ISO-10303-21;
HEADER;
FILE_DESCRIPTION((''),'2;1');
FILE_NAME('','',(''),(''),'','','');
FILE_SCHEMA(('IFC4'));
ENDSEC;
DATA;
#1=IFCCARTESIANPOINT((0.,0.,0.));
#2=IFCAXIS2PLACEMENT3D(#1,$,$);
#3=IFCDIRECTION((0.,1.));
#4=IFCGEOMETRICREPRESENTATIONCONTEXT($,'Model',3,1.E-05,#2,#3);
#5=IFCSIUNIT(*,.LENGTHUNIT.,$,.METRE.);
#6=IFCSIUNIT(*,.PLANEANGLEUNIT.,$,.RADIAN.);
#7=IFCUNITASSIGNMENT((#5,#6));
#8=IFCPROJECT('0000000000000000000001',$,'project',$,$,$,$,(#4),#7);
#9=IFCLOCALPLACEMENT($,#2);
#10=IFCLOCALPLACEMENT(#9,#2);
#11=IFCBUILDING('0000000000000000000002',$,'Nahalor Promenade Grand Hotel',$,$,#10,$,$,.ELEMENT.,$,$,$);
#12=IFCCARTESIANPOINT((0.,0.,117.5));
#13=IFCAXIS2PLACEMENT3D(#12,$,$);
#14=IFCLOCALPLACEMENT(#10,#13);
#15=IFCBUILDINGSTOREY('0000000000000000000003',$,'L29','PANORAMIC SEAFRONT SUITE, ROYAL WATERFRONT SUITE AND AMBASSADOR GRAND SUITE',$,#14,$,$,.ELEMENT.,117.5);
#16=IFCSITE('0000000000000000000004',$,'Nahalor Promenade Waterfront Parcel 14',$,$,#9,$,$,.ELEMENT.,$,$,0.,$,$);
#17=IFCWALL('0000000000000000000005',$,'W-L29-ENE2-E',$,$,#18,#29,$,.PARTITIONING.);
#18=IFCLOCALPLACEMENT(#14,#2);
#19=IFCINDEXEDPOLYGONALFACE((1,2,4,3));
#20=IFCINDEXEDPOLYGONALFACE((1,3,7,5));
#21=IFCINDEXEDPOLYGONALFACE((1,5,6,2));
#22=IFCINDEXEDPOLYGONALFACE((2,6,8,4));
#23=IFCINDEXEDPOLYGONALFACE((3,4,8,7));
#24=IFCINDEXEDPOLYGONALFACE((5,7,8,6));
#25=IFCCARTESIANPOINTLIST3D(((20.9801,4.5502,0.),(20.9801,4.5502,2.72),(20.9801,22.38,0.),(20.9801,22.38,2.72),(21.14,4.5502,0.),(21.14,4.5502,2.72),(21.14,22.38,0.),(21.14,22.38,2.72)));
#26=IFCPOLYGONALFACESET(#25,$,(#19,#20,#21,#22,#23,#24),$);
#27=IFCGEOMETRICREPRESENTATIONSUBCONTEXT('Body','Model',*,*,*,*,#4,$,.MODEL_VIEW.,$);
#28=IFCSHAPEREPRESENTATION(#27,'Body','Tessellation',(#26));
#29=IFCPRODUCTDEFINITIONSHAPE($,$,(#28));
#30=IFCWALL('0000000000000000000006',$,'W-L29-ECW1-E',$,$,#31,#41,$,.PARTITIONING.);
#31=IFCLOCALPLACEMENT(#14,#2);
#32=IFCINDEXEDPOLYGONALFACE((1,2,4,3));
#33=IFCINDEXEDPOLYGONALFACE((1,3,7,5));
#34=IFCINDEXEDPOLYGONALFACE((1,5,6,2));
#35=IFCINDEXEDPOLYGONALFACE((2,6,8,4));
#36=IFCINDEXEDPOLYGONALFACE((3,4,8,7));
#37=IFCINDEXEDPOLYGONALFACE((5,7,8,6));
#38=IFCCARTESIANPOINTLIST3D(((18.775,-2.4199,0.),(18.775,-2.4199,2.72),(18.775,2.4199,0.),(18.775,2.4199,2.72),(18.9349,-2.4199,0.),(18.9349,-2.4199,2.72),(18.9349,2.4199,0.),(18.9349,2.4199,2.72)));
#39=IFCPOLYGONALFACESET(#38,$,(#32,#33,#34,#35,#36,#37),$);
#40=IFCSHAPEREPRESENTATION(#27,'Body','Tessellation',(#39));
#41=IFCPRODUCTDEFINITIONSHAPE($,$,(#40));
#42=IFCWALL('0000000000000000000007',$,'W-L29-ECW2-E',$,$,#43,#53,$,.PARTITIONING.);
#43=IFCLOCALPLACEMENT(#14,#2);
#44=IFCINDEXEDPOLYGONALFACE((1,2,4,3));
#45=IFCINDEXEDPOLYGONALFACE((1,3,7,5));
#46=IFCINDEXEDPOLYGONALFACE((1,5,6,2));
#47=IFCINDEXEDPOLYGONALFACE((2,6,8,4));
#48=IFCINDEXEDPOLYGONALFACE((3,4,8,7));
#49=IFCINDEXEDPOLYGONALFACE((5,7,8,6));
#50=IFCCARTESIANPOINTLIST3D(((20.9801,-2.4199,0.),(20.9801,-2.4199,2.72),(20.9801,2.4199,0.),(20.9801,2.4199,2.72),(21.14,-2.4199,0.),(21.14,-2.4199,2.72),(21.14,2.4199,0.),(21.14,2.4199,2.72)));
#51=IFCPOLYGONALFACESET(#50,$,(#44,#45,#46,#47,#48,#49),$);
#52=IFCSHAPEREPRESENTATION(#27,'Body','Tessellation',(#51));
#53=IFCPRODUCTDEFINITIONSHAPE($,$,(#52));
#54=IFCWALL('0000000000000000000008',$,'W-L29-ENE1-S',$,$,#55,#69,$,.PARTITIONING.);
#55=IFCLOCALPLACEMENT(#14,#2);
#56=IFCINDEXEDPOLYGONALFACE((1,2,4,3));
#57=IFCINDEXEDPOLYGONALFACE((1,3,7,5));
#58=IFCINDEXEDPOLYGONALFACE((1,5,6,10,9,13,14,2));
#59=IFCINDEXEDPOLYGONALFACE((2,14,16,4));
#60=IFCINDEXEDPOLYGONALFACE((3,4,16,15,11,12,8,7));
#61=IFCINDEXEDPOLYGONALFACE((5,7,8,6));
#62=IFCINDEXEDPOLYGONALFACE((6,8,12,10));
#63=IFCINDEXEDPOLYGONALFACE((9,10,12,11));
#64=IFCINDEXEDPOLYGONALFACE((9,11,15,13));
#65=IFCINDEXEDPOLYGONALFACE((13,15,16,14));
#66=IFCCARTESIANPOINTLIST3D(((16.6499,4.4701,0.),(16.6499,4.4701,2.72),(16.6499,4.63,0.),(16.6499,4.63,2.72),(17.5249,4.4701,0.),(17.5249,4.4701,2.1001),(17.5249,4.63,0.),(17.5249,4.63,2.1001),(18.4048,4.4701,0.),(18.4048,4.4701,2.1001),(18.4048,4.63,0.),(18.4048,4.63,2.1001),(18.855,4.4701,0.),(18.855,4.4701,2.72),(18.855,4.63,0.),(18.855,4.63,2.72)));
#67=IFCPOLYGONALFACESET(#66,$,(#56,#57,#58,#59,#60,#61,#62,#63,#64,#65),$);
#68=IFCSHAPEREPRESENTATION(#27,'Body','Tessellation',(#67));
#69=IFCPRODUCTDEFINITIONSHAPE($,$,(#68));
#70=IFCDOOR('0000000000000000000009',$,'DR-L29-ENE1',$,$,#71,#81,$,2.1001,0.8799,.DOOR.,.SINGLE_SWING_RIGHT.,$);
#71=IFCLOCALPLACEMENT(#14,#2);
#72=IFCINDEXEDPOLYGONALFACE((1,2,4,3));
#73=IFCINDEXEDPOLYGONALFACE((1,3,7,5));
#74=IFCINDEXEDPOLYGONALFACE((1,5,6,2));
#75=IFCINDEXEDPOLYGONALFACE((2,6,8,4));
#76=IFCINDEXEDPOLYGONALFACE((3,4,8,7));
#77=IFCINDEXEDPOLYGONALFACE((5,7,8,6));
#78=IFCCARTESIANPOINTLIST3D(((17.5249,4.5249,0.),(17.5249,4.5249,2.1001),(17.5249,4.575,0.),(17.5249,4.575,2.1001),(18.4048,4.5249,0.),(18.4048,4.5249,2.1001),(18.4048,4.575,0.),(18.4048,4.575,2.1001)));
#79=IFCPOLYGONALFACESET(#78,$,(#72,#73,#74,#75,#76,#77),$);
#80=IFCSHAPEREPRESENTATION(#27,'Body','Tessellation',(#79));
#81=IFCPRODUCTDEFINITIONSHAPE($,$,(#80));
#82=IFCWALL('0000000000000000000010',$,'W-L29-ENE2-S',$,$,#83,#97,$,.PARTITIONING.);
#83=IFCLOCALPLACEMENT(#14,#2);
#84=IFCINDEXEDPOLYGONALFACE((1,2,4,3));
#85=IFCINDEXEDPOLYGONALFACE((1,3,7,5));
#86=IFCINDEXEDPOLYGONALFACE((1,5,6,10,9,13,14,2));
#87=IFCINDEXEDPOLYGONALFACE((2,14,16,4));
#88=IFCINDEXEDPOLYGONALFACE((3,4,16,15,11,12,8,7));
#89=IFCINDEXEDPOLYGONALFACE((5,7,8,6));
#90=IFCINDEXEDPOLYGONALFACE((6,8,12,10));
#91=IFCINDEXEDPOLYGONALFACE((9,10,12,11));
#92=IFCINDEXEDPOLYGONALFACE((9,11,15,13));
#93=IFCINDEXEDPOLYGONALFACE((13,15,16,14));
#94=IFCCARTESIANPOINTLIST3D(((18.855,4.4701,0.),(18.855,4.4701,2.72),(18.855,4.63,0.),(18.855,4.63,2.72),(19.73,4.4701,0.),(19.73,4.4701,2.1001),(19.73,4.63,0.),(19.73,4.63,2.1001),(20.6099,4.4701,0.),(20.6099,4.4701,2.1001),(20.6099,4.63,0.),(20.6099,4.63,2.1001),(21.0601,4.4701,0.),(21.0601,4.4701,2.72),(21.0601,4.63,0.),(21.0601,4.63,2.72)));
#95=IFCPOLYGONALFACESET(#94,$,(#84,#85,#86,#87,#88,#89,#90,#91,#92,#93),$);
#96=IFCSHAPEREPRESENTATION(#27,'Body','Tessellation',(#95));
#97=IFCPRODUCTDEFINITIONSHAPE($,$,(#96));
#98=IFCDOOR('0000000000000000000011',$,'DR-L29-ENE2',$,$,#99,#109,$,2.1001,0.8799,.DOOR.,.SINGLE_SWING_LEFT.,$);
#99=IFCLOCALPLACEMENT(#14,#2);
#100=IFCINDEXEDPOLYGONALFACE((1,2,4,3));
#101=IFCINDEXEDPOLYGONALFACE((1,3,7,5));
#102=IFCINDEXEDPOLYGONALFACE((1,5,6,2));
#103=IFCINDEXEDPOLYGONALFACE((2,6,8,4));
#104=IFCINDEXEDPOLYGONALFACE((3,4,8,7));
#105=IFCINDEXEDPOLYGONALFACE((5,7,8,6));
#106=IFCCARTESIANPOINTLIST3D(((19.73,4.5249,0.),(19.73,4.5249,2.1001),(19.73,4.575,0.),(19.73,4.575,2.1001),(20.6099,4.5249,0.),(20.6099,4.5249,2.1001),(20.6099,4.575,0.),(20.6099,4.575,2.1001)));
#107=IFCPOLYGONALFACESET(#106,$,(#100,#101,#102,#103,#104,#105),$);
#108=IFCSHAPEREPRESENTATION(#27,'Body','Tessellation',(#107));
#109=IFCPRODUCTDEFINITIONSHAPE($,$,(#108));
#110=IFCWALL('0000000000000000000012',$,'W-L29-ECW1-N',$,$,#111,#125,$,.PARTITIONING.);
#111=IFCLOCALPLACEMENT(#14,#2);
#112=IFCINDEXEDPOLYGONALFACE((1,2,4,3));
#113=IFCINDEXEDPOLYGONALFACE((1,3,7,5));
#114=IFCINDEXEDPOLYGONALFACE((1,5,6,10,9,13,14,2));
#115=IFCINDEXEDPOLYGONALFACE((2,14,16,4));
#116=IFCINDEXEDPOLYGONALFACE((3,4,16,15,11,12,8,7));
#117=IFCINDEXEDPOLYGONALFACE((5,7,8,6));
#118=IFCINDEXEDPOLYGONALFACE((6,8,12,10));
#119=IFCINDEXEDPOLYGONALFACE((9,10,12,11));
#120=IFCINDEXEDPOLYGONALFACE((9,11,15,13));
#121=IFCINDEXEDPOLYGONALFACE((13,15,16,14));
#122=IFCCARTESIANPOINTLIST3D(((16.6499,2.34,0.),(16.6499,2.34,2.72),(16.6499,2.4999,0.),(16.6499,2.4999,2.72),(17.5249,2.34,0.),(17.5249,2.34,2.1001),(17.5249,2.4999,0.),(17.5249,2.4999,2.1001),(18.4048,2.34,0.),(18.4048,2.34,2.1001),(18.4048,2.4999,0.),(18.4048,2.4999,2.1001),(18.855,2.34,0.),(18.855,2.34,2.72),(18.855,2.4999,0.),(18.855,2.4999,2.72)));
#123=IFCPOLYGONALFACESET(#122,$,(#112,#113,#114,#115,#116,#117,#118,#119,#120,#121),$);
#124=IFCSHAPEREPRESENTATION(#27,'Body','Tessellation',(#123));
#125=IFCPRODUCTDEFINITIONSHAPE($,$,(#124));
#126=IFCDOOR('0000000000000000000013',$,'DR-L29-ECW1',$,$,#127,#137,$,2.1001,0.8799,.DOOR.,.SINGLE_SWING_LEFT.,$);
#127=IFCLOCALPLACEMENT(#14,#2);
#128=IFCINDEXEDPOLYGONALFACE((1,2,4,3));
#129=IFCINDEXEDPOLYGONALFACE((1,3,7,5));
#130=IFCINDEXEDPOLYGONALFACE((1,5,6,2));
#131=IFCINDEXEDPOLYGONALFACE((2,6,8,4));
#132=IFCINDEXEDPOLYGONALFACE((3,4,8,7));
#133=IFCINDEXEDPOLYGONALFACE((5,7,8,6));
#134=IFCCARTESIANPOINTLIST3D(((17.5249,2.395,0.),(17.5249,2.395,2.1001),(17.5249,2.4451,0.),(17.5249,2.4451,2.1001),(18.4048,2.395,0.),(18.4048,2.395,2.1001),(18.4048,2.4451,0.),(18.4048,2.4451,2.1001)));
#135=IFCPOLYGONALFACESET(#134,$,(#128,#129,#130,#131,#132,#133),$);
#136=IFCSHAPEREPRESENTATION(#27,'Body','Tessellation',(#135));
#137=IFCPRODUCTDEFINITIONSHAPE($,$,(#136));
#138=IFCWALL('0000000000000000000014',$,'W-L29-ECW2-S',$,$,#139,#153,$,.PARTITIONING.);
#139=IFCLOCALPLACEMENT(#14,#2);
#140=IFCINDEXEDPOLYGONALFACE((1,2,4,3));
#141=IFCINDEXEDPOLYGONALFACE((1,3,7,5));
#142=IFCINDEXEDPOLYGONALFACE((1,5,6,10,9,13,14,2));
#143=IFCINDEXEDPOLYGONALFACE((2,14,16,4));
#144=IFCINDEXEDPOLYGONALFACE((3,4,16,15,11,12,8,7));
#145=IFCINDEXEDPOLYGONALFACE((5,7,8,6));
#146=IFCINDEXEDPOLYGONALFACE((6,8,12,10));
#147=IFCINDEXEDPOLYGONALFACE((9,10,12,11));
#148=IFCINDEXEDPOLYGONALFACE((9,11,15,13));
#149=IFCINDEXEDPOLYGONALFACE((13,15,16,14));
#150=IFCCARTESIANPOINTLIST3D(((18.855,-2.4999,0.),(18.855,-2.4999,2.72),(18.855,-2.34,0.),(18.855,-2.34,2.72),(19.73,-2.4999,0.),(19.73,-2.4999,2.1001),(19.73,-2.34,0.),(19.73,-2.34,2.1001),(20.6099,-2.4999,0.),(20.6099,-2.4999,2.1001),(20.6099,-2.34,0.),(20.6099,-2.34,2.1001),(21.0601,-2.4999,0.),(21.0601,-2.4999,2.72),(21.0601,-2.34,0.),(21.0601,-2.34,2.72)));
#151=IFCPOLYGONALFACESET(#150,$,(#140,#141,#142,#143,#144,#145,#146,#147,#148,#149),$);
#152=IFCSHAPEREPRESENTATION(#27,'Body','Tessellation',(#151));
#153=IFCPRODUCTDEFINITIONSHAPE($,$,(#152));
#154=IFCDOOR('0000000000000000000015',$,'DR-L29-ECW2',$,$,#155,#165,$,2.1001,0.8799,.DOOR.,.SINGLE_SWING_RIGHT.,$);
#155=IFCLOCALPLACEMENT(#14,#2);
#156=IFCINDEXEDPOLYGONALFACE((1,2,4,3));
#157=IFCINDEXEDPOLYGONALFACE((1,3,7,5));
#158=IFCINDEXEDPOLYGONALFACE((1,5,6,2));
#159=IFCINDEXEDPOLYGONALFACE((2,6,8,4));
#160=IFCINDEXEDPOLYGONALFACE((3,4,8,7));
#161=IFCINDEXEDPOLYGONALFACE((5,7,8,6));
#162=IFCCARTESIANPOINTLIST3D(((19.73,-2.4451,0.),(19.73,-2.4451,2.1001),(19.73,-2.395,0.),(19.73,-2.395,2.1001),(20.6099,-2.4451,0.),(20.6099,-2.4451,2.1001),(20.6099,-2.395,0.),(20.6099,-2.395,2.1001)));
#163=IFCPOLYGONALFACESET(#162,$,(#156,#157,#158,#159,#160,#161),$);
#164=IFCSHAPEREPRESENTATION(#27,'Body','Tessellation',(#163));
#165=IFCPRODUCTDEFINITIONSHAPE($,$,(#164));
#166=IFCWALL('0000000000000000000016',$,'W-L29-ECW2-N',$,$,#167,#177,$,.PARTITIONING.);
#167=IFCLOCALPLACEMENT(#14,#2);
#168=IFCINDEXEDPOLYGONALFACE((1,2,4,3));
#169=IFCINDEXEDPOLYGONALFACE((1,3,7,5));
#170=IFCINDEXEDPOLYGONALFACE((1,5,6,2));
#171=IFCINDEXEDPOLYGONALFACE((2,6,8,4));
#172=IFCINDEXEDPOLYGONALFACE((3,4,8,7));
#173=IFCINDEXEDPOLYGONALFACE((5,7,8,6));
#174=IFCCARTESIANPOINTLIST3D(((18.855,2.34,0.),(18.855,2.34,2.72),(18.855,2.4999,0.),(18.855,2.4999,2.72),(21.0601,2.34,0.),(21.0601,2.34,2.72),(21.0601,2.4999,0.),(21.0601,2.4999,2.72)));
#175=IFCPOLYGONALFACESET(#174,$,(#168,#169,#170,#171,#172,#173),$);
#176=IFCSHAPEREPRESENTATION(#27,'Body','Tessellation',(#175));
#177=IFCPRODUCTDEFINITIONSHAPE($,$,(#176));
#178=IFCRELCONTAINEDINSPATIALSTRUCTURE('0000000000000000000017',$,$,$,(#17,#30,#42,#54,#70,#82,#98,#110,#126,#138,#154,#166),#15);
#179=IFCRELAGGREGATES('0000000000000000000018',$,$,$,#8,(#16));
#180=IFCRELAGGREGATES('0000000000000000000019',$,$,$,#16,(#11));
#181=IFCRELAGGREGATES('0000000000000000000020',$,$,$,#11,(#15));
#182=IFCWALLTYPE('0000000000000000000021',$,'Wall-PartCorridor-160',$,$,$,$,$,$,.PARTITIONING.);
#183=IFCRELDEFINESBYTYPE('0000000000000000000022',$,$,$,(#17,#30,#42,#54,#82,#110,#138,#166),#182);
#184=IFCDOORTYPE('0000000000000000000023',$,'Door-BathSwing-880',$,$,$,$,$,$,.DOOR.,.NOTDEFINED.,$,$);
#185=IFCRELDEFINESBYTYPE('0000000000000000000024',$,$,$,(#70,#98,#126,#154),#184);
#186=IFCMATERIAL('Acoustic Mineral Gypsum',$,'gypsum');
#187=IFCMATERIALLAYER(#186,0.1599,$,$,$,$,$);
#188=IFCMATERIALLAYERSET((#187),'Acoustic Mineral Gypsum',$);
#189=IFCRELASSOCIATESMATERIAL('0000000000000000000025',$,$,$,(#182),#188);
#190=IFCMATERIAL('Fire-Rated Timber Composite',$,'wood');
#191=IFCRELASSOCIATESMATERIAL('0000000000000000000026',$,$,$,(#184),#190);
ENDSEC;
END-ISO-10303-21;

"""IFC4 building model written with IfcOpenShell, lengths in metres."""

from ifc_helpers import new_model, si_unit, direction, frame, frame_2d, origin, place, context, subcontext, project, spatial, rectangle, extrude, source, transform, mapped, material, layer, layer_set, type_object, element, fill, save


model = new_model("IFC4")

# Units and contexts
model_context = context("Model", 3, precision=1e-05, world=origin(), true_north=direction((0.0, 1.0)))
body_context = subcontext(model_context, "Body", "Model", "MODEL_VIEW")
ifc_project = project(units=[si_unit("LENGTHUNIT", "METRE"), si_unit("PLANEANGLEUNIT", "RADIAN")], contexts=[model_context])

# Site, building, storey
site_placement = place(None, origin())
site = spatial("IfcSite", under=ifc_project, at=site_placement, Name="Nahalor Promenade Waterfront Parcel 14", CompositionType="ELEMENT", RefElevation=0.0)
building_placement = place(site_placement, origin())
building = spatial("IfcBuilding", under=site, at=building_placement, Name="Nahalor Promenade Grand Hotel", CompositionType="ELEMENT")
storey_placement = place(building_placement, frame((0.0, 0.0, 117.5)))
storey = spatial("IfcBuildingStorey", under=building, at=storey_placement, Name="L29", Description="PANORAMIC SEAFRONT SUITE, ROYAL WATERFRONT SUITE AND AMBASSADOR GRAND SUITE", CompositionType="ELEMENT", Elevation=117.5)

# Walls
ifc_material_1 = material(Name="Acoustic Mineral Gypsum", Category="gypsum")
ifc_layer_1 = layer(ifc_material_1, 0.1599)
ifc_layer_set_1 = layer_set([ifc_layer_1], Name="Acoustic Mineral Gypsum")
wall_type_1 = type_object("IfcWallType", Name="Wall-PartCorridor-160", PredefinedType="PARTITIONING", material=ifc_layer_set_1)
shared_shape_1 = source(origin(), body_context, "Body", "SweptSolid", [
    extrude(rectangle(XDim=17.8298, YDim=0.1599, at=frame_2d((8.915, 0.0))), origin(), (0.0, 0.0, 1.0), 2.72),
])
wall_1_placement = place(storey_placement, frame((21.0601, 4.55, 0.0), z_axis=(0.0, 0.0, 1.0), x_axis=(0.0, 1.0, 0.0)))
element("IfcWall", 1, at=wall_1_placement, inside=storey, type_object=wall_type_1, Name="W-L29-ENE2-E", PredefinedType="PARTITIONING", context=body_context, shape_type="MappedRepresentation", body=[
    mapped(shared_shape_1, transform((0.0, 0.0, 0.0), scale=1.0)),
])
shared_shape_2 = source(origin(), body_context, "Body", "SweptSolid", [
    extrude(rectangle(XDim=4.8398, YDim=0.1599, at=frame_2d((2.4199, 0.0))), origin(), (0.0, 0.0, 1.0), 2.72),
])
for number, where, z_axis, x_axis, name in (
    (2, (18.855, -2.4199, 0.0), (0.0, 0.0, 1.0), (0.0, 1.0, 0.0), "W-L29-ECW1-E"),
    (3, (21.0601, -2.4199, 0.0), (0.0, 0.0, 1.0), (0.0, 1.0, 0.0), "W-L29-ECW2-E"),
):
    element("IfcWall", number, at=place(storey_placement, frame(where, z_axis=z_axis, x_axis=x_axis)), inside=storey, type_object=wall_type_1, Name=name, PredefinedType="PARTITIONING", context=body_context, shape_type="MappedRepresentation", body=[
        mapped(shared_shape_2, transform((0.0, 0.0, 0.0), scale=1.0)),
    ])

# Walls, openings, doors
shared_shape_3 = source(origin(), body_context, "Body", "SweptSolid", [
    extrude(rectangle(XDim=2.2051, YDim=0.1599, at=frame_2d((1.1025, 0.0))), origin(), (0.0, 0.0, 1.0), 2.72),
])
wall_2_placement = place(storey_placement, frame((16.6499, 4.55, 0.0), z_axis=(0.0, 0.0, 1.0), x_axis=(1.0, 0.0, 0.0)))
wall_2 = element("IfcWall", 4, at=wall_2_placement, inside=storey, type_object=wall_type_1, Name="W-L29-ENE1-S", PredefinedType="PARTITIONING", context=body_context, shape_type="MappedRepresentation", body=[
    mapped(shared_shape_3, transform((0.0, 0.0, 0.0), scale=1.0)),
])
opening_1_placement = place(wall_2_placement, frame((0.875, 0.0, 0.0)))
opening_1 = element("IfcOpeningElement", 5, at=opening_1_placement, cuts=wall_2, PredefinedType="OPENING", context=body_context, shape_type="SweptSolid", body=[
    extrude(rectangle(XDim=0.8799, YDim=2.1001, at=frame_2d((0.4399, 1.05))), frame((0.0, 0.0898, 0.0), z_axis=(0.0, -1.0, 0.0), x_axis=(1.0, 0.0, 0.0)), (0.0, 0.0, 1.0), 0.1799),
])
ifc_material_2 = material(Name="Fire-Rated Timber Composite", Category="wood")
door_type_1 = type_object("IfcDoorType", Name="Door-BathSwing-880", OperationType="NOTDEFINED", PredefinedType="DOOR", material=ifc_material_2)
shared_shape_4 = source(origin(), body_context, "Body", "SweptSolid", [
    extrude(rectangle(XDim=0.8799, YDim=2.1001, at=frame_2d((0.4399, 1.05))), frame((0.0, 0.0249, 0.0), z_axis=(0.0, -1.0, 0.0), x_axis=(1.0, 0.0, 0.0)), (0.0, 0.0, 1.0), 0.05),
])
door_1_placement = place(opening_1_placement, origin())
door_1 = element("IfcDoor", 6, at=door_1_placement, inside=storey, type_object=door_type_1, Name="DR-L29-ENE1", OperationType="SINGLE_SWING_RIGHT", OverallHeight=2.1001, OverallWidth=0.8799, PredefinedType="DOOR", context=body_context, shape_type="MappedRepresentation", body=[
    mapped(shared_shape_4, transform((0.0, 0.0, 0.0), scale=1.0)),
])
fill(opening_1, door_1)
wall_3_placement = place(storey_placement, frame((18.855, 4.55, 0.0), z_axis=(0.0, 0.0, 1.0), x_axis=(1.0, 0.0, 0.0)))
wall_3 = element("IfcWall", 7, at=wall_3_placement, inside=storey, type_object=wall_type_1, Name="W-L29-ENE2-S", PredefinedType="PARTITIONING", context=body_context, shape_type="MappedRepresentation", body=[
    mapped(shared_shape_3, transform((0.0, 0.0, 0.0), scale=1.0)),
])
opening_2_placement = place(wall_3_placement, frame((0.875, 0.0, 0.0)))
opening_2 = element("IfcOpeningElement", 8, at=opening_2_placement, cuts=wall_3, PredefinedType="OPENING", context=body_context, shape_type="SweptSolid", body=[
    extrude(rectangle(XDim=0.8799, YDim=2.1001, at=frame_2d((0.4399, 1.05))), frame((0.0, 0.0898, 0.0), z_axis=(0.0, -1.0, 0.0), x_axis=(1.0, 0.0, 0.0)), (0.0, 0.0, 1.0), 0.1799),
])
door_2_placement = place(opening_2_placement, origin())
door_2 = element("IfcDoor", 9, at=door_2_placement, inside=storey, type_object=door_type_1, Name="DR-L29-ENE2", OperationType="SINGLE_SWING_LEFT", OverallHeight=2.1001, OverallWidth=0.8799, PredefinedType="DOOR", context=body_context, shape_type="MappedRepresentation", body=[
    mapped(shared_shape_4, transform((0.0, 0.0, 0.0), scale=1.0)),
])
fill(opening_2, door_2)
wall_4_placement = place(storey_placement, frame((16.6499, 2.4199, 0.0), z_axis=(0.0, 0.0, 1.0), x_axis=(1.0, 0.0, 0.0)))
wall_4 = element("IfcWall", 10, at=wall_4_placement, inside=storey, type_object=wall_type_1, Name="W-L29-ECW1-N", PredefinedType="PARTITIONING", context=body_context, shape_type="MappedRepresentation", body=[
    mapped(shared_shape_3, transform((0.0, 0.0, 0.0), scale=1.0)),
])
opening_3_placement = place(wall_4_placement, frame((0.875, 0.0, 0.0)))
opening_3 = element("IfcOpeningElement", 11, at=opening_3_placement, cuts=wall_4, PredefinedType="OPENING", context=body_context, shape_type="SweptSolid", body=[
    extrude(rectangle(XDim=0.8799, YDim=2.1001, at=frame_2d((0.4399, 1.05))), frame((0.0, 0.0898, 0.0), z_axis=(0.0, -1.0, 0.0), x_axis=(1.0, 0.0, 0.0)), (0.0, 0.0, 1.0), 0.1799),
])
door_3_placement = place(opening_3_placement, frame((0.8799, 0.0, 0.0), z_axis=(0.0, 0.0, 1.0), x_axis=(-1.0, 0.0, 0.0)))
door_3 = element("IfcDoor", 12, at=door_3_placement, inside=storey, type_object=door_type_1, Name="DR-L29-ECW1", OperationType="SINGLE_SWING_LEFT", OverallHeight=2.1001, OverallWidth=0.8799, PredefinedType="DOOR", context=body_context, shape_type="MappedRepresentation", body=[
    mapped(shared_shape_4, transform((0.0, 0.0, 0.0), scale=1.0)),
])
fill(opening_3, door_3)
wall_5_placement = place(storey_placement, frame((18.855, -2.4199, 0.0), z_axis=(0.0, 0.0, 1.0), x_axis=(1.0, 0.0, 0.0)))
wall_5 = element("IfcWall", 13, at=wall_5_placement, inside=storey, type_object=wall_type_1, Name="W-L29-ECW2-S", PredefinedType="PARTITIONING", context=body_context, shape_type="MappedRepresentation", body=[
    mapped(shared_shape_3, transform((0.0, 0.0, 0.0), scale=1.0)),
])
opening_4_placement = place(wall_5_placement, frame((0.875, 0.0, 0.0)))
opening_4 = element("IfcOpeningElement", 14, at=opening_4_placement, cuts=wall_5, PredefinedType="OPENING", context=body_context, shape_type="SweptSolid", body=[
    extrude(rectangle(XDim=0.8799, YDim=2.1001, at=frame_2d((0.4399, 1.05))), frame((0.0, 0.0898, 0.0), z_axis=(0.0, -1.0, 0.0), x_axis=(1.0, 0.0, 0.0)), (0.0, 0.0, 1.0), 0.1799),
])
door_4_placement = place(opening_4_placement, origin())
door_4 = element("IfcDoor", 15, at=door_4_placement, inside=storey, type_object=door_type_1, Name="DR-L29-ECW2", OperationType="SINGLE_SWING_RIGHT", OverallHeight=2.1001, OverallWidth=0.8799, PredefinedType="DOOR", context=body_context, shape_type="MappedRepresentation", body=[
    mapped(shared_shape_4, transform((0.0, 0.0, 0.0), scale=1.0)),
])
fill(opening_4, door_4)

# Wall
wall_6_placement = place(storey_placement, frame((18.855, 2.4199, 0.0), z_axis=(0.0, 0.0, 1.0), x_axis=(1.0, 0.0, 0.0)))
element("IfcWall", 16, at=wall_6_placement, inside=storey, type_object=wall_type_1, Name="W-L29-ECW2-N", PredefinedType="PARTITIONING", context=body_context, shape_type="MappedRepresentation", body=[
    mapped(shared_shape_3, transform((0.0, 0.0, 0.0), scale=1.0)),
])

save(model, "model.ifc")
